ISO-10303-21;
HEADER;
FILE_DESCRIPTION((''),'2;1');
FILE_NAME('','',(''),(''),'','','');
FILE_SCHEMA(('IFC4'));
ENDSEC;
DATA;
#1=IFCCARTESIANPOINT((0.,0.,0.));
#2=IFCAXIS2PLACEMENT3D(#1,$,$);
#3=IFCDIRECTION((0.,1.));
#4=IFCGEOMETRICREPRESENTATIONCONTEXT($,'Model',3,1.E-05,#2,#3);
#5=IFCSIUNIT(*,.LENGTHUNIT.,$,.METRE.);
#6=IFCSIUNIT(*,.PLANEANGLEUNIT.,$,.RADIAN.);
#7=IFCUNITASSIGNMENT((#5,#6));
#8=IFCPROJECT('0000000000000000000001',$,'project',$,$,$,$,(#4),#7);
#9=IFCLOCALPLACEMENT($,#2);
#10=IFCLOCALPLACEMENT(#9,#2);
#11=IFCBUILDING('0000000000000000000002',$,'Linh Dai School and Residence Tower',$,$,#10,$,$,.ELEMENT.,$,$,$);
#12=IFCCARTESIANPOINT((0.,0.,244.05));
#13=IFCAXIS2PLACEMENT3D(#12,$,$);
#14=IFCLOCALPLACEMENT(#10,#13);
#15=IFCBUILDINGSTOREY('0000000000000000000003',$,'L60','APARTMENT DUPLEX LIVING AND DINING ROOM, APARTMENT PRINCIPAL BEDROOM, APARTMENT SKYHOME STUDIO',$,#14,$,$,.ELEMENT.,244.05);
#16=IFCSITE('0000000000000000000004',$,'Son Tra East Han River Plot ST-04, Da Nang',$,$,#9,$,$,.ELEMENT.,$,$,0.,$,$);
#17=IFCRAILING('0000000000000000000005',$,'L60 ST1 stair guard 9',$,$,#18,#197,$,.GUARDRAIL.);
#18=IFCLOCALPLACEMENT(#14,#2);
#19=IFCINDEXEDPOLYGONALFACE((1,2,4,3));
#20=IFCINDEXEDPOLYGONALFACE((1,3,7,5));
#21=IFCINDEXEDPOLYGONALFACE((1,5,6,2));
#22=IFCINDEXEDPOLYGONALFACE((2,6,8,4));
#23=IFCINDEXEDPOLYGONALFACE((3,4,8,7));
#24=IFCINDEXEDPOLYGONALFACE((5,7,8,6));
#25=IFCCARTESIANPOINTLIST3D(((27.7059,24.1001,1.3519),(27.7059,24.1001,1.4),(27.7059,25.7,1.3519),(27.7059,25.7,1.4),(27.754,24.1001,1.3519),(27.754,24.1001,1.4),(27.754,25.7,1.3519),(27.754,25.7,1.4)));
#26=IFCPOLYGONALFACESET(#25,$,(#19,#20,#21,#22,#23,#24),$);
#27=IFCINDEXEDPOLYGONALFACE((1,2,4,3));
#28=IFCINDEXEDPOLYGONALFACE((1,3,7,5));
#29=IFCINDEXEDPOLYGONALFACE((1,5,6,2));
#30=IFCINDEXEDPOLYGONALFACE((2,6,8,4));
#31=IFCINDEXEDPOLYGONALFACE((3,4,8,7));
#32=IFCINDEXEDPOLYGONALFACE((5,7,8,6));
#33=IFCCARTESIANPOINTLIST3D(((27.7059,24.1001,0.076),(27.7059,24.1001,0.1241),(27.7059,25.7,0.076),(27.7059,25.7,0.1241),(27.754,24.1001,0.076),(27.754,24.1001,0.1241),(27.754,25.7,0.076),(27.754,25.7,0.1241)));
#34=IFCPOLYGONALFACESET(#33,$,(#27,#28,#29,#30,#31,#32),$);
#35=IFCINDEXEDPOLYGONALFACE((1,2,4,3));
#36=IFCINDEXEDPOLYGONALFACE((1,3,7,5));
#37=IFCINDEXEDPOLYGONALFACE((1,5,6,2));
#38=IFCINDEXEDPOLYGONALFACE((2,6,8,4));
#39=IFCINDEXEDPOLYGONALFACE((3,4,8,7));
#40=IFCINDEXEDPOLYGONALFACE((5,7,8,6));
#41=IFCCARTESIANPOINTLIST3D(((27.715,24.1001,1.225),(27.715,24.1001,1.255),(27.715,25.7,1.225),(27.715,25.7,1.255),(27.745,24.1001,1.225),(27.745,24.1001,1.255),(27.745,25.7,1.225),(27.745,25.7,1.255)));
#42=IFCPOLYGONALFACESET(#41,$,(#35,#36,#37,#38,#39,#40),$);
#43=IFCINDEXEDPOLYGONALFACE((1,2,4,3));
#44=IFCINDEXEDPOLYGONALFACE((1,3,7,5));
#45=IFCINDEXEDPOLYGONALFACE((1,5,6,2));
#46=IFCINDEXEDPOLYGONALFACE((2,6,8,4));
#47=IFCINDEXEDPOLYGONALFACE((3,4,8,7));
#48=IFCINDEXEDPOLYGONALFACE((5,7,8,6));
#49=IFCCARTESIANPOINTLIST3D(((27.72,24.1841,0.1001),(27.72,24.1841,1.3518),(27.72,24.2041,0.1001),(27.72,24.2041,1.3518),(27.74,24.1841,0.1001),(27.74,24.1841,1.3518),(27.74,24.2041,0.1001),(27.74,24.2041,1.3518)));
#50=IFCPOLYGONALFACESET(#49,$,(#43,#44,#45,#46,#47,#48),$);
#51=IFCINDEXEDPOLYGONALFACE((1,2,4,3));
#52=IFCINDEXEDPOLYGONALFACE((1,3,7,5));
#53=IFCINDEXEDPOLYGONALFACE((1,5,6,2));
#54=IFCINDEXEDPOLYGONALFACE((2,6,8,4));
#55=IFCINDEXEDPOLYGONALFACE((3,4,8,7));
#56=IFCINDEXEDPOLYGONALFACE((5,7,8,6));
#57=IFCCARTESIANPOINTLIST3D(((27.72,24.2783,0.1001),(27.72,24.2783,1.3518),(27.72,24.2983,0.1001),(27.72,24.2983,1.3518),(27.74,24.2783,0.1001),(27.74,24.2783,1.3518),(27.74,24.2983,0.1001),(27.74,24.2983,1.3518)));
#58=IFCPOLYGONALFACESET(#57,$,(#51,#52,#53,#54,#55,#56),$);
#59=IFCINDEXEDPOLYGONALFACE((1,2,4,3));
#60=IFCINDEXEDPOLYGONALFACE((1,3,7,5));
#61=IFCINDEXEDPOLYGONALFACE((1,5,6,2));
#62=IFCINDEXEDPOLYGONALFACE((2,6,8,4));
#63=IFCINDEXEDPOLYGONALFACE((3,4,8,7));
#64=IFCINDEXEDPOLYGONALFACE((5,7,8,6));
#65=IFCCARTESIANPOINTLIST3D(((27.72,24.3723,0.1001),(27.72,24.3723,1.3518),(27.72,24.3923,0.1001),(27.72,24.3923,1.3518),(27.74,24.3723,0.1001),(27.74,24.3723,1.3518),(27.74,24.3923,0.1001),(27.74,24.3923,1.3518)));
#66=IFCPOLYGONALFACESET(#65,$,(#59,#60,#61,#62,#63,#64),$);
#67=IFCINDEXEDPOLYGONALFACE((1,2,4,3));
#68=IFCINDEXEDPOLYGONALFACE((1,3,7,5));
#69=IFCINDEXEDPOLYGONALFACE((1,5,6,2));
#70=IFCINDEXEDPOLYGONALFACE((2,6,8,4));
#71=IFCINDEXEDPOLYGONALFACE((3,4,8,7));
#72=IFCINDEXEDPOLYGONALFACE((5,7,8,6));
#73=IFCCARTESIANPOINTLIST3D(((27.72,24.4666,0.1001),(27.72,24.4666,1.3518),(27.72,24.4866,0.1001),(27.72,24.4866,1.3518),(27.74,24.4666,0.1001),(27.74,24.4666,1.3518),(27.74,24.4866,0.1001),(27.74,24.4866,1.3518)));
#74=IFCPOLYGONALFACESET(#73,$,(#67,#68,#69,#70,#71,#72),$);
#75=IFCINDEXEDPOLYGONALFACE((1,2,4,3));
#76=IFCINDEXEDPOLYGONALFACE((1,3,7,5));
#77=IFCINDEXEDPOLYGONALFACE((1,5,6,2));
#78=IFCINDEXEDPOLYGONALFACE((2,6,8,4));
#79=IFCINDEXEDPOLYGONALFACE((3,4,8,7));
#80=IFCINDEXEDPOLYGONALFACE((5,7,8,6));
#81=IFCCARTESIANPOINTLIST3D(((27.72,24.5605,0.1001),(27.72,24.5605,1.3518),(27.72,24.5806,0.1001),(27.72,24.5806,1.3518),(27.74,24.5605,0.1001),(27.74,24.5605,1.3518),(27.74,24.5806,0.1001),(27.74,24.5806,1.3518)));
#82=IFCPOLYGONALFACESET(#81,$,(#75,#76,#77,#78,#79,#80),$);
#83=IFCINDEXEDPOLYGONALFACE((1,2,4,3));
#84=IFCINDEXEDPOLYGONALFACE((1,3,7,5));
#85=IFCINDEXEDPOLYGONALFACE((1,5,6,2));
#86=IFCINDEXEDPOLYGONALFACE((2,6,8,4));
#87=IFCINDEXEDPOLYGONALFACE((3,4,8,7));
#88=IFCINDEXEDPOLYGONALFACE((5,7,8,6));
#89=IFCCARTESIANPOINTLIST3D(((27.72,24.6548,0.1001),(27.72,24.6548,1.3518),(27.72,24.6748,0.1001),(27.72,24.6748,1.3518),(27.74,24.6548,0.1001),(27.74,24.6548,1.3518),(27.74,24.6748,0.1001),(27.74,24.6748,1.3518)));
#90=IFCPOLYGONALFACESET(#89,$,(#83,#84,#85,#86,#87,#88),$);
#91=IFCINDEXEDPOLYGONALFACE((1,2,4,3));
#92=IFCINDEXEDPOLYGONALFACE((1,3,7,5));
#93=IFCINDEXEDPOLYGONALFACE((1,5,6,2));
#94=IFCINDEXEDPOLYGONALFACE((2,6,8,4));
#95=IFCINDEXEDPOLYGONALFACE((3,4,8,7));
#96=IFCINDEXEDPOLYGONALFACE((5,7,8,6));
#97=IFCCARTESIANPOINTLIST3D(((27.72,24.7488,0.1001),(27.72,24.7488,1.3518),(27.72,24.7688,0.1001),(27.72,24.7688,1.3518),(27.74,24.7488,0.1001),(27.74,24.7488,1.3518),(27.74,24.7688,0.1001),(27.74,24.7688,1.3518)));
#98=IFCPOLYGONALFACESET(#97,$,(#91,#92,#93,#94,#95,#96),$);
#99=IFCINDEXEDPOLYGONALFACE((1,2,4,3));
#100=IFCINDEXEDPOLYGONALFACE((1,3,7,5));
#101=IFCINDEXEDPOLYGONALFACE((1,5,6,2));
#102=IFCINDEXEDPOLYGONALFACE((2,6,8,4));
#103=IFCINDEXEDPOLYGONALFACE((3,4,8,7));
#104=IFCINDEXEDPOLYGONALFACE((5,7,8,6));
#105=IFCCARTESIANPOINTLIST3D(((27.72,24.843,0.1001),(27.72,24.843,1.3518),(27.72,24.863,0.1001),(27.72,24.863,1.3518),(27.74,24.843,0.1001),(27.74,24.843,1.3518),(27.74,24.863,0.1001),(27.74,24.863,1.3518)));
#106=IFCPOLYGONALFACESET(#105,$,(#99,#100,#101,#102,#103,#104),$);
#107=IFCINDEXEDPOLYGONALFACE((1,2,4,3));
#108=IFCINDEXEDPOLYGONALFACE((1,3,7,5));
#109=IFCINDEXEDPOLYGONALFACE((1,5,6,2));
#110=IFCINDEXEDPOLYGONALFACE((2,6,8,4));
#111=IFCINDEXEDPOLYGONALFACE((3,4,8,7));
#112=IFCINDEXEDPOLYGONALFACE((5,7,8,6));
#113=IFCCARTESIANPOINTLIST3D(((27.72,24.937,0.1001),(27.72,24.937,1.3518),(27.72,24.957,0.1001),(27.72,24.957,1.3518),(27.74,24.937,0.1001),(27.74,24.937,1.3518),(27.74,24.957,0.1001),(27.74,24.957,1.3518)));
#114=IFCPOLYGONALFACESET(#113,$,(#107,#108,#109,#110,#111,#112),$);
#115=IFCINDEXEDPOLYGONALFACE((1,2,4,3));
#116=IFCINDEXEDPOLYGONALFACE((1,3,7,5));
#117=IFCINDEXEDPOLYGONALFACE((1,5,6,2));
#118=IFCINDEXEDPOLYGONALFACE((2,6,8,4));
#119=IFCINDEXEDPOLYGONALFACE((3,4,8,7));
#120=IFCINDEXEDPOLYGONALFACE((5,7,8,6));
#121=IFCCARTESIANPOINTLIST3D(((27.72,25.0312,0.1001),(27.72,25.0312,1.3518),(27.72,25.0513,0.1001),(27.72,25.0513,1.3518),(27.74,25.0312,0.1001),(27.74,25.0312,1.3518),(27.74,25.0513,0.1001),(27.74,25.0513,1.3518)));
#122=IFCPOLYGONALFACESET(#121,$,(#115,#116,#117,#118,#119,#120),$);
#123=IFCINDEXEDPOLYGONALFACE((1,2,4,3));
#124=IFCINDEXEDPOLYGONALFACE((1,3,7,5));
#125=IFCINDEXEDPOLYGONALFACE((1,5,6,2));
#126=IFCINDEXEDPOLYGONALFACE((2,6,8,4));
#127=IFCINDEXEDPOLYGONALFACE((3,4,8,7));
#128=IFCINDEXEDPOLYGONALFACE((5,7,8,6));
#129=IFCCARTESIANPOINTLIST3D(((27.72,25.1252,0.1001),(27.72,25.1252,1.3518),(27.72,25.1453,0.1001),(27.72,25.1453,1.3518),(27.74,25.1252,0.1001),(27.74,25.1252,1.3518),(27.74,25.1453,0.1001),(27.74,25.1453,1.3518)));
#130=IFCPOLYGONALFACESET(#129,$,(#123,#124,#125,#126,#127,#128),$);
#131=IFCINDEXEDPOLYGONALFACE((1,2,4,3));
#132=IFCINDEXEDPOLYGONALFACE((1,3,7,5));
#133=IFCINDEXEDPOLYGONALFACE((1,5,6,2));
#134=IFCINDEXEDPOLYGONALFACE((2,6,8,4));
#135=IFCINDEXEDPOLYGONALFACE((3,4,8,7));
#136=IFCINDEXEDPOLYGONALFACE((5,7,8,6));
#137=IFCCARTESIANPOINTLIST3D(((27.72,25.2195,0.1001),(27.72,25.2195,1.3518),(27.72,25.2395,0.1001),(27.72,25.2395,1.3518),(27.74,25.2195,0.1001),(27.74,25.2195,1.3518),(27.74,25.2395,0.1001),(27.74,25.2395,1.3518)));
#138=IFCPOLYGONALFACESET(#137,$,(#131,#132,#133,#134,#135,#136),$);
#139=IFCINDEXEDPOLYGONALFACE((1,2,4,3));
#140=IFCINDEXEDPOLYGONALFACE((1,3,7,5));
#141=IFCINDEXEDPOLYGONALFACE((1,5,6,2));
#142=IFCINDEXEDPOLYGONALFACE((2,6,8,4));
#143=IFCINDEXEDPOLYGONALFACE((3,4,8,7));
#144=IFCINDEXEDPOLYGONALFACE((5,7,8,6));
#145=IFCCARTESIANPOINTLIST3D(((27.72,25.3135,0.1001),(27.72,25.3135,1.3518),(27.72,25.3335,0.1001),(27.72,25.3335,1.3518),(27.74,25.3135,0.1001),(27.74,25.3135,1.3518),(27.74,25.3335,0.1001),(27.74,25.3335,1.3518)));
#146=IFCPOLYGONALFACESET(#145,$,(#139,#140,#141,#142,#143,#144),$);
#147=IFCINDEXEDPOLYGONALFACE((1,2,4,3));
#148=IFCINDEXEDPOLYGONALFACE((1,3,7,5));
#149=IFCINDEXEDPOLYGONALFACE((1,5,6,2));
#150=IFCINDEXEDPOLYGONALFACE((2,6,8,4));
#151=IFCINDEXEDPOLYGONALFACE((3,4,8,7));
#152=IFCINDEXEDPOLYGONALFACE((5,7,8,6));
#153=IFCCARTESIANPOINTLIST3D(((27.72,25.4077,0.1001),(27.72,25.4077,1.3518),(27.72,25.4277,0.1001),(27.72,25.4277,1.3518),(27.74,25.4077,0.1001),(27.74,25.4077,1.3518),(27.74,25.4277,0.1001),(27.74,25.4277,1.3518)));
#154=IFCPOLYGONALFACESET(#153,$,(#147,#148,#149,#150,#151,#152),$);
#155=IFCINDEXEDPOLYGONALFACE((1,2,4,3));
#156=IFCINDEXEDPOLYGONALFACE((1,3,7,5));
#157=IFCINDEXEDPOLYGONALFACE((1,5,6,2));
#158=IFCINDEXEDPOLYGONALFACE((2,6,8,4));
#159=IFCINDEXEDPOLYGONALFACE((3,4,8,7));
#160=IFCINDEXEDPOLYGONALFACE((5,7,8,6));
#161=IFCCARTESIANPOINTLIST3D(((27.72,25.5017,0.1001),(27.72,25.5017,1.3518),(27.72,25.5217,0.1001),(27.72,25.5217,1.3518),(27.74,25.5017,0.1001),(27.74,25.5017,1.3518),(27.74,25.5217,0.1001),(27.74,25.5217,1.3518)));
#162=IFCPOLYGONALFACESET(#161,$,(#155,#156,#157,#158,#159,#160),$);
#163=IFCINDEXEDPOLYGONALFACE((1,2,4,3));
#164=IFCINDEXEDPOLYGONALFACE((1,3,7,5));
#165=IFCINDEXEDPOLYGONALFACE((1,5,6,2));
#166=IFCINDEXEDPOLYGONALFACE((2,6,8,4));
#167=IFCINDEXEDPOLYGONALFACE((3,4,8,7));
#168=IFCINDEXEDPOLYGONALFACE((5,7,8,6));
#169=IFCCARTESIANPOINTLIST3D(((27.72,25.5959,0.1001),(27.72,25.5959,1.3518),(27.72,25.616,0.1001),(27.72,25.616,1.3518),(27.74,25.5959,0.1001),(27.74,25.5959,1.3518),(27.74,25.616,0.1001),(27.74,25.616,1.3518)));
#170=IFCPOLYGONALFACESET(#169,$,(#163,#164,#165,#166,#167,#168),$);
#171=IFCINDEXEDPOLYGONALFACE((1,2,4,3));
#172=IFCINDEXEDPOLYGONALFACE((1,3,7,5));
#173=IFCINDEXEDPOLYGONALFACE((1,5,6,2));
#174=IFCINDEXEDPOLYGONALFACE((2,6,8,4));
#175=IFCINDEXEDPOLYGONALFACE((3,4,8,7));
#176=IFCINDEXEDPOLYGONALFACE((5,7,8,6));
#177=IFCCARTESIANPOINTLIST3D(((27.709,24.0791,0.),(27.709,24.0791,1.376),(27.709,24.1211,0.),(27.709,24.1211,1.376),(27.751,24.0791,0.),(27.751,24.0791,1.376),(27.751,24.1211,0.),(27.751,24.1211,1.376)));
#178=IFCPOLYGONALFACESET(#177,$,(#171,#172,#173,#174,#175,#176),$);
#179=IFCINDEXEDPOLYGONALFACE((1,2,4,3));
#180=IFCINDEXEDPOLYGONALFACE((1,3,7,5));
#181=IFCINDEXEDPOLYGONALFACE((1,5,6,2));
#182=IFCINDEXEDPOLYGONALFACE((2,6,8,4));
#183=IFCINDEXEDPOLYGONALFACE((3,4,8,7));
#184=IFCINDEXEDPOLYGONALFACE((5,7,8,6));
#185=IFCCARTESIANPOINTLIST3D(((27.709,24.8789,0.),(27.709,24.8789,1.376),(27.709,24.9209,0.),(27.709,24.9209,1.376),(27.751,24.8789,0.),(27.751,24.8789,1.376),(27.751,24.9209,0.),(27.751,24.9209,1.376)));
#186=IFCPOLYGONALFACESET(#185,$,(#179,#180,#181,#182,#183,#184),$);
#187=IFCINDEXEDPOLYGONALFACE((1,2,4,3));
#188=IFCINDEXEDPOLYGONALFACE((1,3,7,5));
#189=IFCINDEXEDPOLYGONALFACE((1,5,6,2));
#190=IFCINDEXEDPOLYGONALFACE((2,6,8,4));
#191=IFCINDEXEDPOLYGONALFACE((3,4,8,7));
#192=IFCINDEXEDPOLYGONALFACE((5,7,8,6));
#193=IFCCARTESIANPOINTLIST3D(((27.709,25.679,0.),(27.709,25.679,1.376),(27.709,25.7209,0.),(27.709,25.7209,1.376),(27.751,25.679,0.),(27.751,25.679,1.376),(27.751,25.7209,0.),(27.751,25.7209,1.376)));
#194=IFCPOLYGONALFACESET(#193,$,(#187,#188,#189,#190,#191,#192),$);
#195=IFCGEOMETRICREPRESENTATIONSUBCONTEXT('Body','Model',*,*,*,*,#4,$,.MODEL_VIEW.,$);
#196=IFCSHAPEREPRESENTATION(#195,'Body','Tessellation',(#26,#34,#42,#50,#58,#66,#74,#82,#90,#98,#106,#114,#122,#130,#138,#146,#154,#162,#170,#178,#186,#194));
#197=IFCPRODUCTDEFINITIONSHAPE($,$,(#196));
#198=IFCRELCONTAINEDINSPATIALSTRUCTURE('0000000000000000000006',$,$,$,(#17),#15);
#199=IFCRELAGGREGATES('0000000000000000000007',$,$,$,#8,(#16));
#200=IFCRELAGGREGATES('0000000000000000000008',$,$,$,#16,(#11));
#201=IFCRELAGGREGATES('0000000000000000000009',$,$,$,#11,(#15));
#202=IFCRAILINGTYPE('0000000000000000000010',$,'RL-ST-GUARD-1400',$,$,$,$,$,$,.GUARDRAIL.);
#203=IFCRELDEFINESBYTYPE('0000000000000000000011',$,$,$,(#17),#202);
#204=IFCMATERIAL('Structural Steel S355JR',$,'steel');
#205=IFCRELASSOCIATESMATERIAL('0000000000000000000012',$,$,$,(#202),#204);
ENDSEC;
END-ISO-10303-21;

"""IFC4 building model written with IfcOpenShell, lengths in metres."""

from ifc_helpers import new_model, si_unit, direction, frame, origin, origin_2d, place, context, subcontext, project, spatial, rectangle, extrude, source, transform, mapped, material, type_object, element, save


model = new_model("IFC4")

# Units and contexts
model_context = context("Model", 3, precision=1e-05, world=origin(), true_north=direction((0.0, 1.0)))
body_context = subcontext(model_context, "Body", "Model", "MODEL_VIEW")
ifc_project = project(units=[si_unit("LENGTHUNIT", "METRE"), si_unit("PLANEANGLEUNIT", "RADIAN")], contexts=[model_context])

# Site, building, storey
site_placement = place(None, origin())
site = spatial("IfcSite", under=ifc_project, at=site_placement, Name="Son Tra East Han River Plot ST-04, Da Nang", CompositionType="ELEMENT", RefElevation=0.0)
building_placement = place(site_placement, origin())
building = spatial("IfcBuilding", under=site, at=building_placement, Name="Linh Dai School and Residence Tower", CompositionType="ELEMENT")
storey_placement = place(building_placement, frame((0.0, 0.0, 244.05)))
storey = spatial("IfcBuildingStorey", under=building, at=storey_placement, Name="L60", Description="APARTMENT DUPLEX LIVING AND DINING ROOM, APARTMENT PRINCIPAL BEDROOM, APARTMENT SKYHOME STUDIO", CompositionType="ELEMENT", Elevation=244.05)

# Shared definitions
ifc_material_1 = material(Name="Structural Steel S355JR", Category="steel")

# Railing
railing_type = type_object("IfcRailingType", Name="RL-ST-GUARD-1400", PredefinedType="GUARDRAIL", material=ifc_material_1)
shared_shape_1 = source(origin(), body_context, "Body", "SweptSolid", [
    extrude(rectangle(XDim=0.0481, YDim=0.0481, at=origin_2d()), frame((0.0, 0.0, 1.376), z_axis=(0.0, 1.0, 0.0), x_axis=(-1.0, 0.0, 0.0)), (0.0, 0.0, 1.0), 1.5999),
    extrude(rectangle(XDim=0.0481, YDim=0.0481, at=origin_2d()), frame((0.0, 0.0, 0.1001), z_axis=(0.0, 1.0, 0.0), x_axis=(-1.0, 0.0, 0.0)), (0.0, 0.0, 1.0), 1.5999),
    extrude(rectangle(XDim=0.03, YDim=0.03, at=origin_2d()), frame((0.0, 0.0, 1.24), z_axis=(0.0, 1.0, 0.0), x_axis=(-1.0, 0.0, 0.0)), (0.0, 0.0, 1.0), 1.5999),
    extrude(rectangle(XDim=0.02, YDim=0.02, at=origin_2d()), frame((0.0, 0.094, 0.1001)), (0.0, 0.0, 1.0), 1.2517),
    extrude(rectangle(XDim=0.02, YDim=0.02, at=origin_2d()), frame((0.0, 0.1882, 0.1001)), (0.0, 0.0, 1.0), 1.2517),
    extrude(rectangle(XDim=0.02, YDim=0.02, at=origin_2d()), frame((0.0, 0.2822, 0.1001)), (0.0, 0.0, 1.0), 1.2517),
    extrude(rectangle(XDim=0.02, YDim=0.02, at=origin_2d()), frame((0.0, 0.3765, 0.1001)), (0.0, 0.0, 1.0), 1.2517),
    extrude(rectangle(XDim=0.02, YDim=0.02, at=origin_2d()), frame((0.0, 0.4705, 0.1001)), (0.0, 0.0, 1.0), 1.2517),
    extrude(rectangle(XDim=0.02, YDim=0.02, at=origin_2d()), frame((0.0, 0.5647, 0.1001)), (0.0, 0.0, 1.0), 1.2517),
    extrude(rectangle(XDim=0.02, YDim=0.02, at=origin_2d()), frame((0.0, 0.6587, 0.1001)), (0.0, 0.0, 1.0), 1.2517),
    extrude(rectangle(XDim=0.02, YDim=0.02, at=origin_2d()), frame((0.0, 0.7529, 0.1001)), (0.0, 0.0, 1.0), 1.2517),
    extrude(rectangle(XDim=0.02, YDim=0.02, at=origin_2d()), frame((0.0, 0.8469, 0.1001)), (0.0, 0.0, 1.0), 1.2517),
    extrude(rectangle(XDim=0.02, YDim=0.02, at=origin_2d()), frame((0.0, 0.9412, 0.1001)), (0.0, 0.0, 1.0), 1.2517),
    extrude(rectangle(XDim=0.02, YDim=0.02, at=origin_2d()), frame((0.0, 1.0352, 0.1001)), (0.0, 0.0, 1.0), 1.2517),
    extrude(rectangle(XDim=0.02, YDim=0.02, at=origin_2d()), frame((0.0, 1.1294, 0.1001)), (0.0, 0.0, 1.0), 1.2517),
    extrude(rectangle(XDim=0.02, YDim=0.02, at=origin_2d()), frame((0.0, 1.2234, 0.1001)), (0.0, 0.0, 1.0), 1.2517),
    extrude(rectangle(XDim=0.02, YDim=0.02, at=origin_2d()), frame((0.0, 1.3176, 0.1001)), (0.0, 0.0, 1.0), 1.2517),
    extrude(rectangle(XDim=0.02, YDim=0.02, at=origin_2d()), frame((0.0, 1.4116, 0.1001)), (0.0, 0.0, 1.0), 1.2517),
    extrude(rectangle(XDim=0.02, YDim=0.02, at=origin_2d()), frame((0.0, 1.5059, 0.1001)), (0.0, 0.0, 1.0), 1.2517),
    extrude(rectangle(XDim=0.042, YDim=0.042, at=origin_2d()), origin(), (0.0, 0.0, 1.0), 1.376),
    extrude(rectangle(XDim=0.042, YDim=0.042, at=origin_2d()), frame((0.0, 0.7998, 0.0)), (0.0, 0.0, 1.0), 1.376),
    extrude(rectangle(XDim=0.042, YDim=0.042, at=origin_2d()), frame((0.0, 1.5999, 0.0)), (0.0, 0.0, 1.0), 1.376),
])
for number, where, name in (
    (1, (27.73, 24.1001, 0.0), "L60 ST1 stair guard 9"),
):
    element("IfcRailing", number, at=place(storey_placement, frame(where)), inside=storey, type_object=railing_type, Name=name, PredefinedType="GUARDRAIL", context=body_context, shape_type="MappedRepresentation", body=[
        mapped(shared_shape_1, transform((0.0, 0.0, 0.0), x_axis=(1.0, 0.0, 0.0), y_axis=(0.0, 1.0, 0.0), z_axis=(0.0, 0.0, 1.0), scale=1.0)),
    ])

save(model, "model.ifc")
